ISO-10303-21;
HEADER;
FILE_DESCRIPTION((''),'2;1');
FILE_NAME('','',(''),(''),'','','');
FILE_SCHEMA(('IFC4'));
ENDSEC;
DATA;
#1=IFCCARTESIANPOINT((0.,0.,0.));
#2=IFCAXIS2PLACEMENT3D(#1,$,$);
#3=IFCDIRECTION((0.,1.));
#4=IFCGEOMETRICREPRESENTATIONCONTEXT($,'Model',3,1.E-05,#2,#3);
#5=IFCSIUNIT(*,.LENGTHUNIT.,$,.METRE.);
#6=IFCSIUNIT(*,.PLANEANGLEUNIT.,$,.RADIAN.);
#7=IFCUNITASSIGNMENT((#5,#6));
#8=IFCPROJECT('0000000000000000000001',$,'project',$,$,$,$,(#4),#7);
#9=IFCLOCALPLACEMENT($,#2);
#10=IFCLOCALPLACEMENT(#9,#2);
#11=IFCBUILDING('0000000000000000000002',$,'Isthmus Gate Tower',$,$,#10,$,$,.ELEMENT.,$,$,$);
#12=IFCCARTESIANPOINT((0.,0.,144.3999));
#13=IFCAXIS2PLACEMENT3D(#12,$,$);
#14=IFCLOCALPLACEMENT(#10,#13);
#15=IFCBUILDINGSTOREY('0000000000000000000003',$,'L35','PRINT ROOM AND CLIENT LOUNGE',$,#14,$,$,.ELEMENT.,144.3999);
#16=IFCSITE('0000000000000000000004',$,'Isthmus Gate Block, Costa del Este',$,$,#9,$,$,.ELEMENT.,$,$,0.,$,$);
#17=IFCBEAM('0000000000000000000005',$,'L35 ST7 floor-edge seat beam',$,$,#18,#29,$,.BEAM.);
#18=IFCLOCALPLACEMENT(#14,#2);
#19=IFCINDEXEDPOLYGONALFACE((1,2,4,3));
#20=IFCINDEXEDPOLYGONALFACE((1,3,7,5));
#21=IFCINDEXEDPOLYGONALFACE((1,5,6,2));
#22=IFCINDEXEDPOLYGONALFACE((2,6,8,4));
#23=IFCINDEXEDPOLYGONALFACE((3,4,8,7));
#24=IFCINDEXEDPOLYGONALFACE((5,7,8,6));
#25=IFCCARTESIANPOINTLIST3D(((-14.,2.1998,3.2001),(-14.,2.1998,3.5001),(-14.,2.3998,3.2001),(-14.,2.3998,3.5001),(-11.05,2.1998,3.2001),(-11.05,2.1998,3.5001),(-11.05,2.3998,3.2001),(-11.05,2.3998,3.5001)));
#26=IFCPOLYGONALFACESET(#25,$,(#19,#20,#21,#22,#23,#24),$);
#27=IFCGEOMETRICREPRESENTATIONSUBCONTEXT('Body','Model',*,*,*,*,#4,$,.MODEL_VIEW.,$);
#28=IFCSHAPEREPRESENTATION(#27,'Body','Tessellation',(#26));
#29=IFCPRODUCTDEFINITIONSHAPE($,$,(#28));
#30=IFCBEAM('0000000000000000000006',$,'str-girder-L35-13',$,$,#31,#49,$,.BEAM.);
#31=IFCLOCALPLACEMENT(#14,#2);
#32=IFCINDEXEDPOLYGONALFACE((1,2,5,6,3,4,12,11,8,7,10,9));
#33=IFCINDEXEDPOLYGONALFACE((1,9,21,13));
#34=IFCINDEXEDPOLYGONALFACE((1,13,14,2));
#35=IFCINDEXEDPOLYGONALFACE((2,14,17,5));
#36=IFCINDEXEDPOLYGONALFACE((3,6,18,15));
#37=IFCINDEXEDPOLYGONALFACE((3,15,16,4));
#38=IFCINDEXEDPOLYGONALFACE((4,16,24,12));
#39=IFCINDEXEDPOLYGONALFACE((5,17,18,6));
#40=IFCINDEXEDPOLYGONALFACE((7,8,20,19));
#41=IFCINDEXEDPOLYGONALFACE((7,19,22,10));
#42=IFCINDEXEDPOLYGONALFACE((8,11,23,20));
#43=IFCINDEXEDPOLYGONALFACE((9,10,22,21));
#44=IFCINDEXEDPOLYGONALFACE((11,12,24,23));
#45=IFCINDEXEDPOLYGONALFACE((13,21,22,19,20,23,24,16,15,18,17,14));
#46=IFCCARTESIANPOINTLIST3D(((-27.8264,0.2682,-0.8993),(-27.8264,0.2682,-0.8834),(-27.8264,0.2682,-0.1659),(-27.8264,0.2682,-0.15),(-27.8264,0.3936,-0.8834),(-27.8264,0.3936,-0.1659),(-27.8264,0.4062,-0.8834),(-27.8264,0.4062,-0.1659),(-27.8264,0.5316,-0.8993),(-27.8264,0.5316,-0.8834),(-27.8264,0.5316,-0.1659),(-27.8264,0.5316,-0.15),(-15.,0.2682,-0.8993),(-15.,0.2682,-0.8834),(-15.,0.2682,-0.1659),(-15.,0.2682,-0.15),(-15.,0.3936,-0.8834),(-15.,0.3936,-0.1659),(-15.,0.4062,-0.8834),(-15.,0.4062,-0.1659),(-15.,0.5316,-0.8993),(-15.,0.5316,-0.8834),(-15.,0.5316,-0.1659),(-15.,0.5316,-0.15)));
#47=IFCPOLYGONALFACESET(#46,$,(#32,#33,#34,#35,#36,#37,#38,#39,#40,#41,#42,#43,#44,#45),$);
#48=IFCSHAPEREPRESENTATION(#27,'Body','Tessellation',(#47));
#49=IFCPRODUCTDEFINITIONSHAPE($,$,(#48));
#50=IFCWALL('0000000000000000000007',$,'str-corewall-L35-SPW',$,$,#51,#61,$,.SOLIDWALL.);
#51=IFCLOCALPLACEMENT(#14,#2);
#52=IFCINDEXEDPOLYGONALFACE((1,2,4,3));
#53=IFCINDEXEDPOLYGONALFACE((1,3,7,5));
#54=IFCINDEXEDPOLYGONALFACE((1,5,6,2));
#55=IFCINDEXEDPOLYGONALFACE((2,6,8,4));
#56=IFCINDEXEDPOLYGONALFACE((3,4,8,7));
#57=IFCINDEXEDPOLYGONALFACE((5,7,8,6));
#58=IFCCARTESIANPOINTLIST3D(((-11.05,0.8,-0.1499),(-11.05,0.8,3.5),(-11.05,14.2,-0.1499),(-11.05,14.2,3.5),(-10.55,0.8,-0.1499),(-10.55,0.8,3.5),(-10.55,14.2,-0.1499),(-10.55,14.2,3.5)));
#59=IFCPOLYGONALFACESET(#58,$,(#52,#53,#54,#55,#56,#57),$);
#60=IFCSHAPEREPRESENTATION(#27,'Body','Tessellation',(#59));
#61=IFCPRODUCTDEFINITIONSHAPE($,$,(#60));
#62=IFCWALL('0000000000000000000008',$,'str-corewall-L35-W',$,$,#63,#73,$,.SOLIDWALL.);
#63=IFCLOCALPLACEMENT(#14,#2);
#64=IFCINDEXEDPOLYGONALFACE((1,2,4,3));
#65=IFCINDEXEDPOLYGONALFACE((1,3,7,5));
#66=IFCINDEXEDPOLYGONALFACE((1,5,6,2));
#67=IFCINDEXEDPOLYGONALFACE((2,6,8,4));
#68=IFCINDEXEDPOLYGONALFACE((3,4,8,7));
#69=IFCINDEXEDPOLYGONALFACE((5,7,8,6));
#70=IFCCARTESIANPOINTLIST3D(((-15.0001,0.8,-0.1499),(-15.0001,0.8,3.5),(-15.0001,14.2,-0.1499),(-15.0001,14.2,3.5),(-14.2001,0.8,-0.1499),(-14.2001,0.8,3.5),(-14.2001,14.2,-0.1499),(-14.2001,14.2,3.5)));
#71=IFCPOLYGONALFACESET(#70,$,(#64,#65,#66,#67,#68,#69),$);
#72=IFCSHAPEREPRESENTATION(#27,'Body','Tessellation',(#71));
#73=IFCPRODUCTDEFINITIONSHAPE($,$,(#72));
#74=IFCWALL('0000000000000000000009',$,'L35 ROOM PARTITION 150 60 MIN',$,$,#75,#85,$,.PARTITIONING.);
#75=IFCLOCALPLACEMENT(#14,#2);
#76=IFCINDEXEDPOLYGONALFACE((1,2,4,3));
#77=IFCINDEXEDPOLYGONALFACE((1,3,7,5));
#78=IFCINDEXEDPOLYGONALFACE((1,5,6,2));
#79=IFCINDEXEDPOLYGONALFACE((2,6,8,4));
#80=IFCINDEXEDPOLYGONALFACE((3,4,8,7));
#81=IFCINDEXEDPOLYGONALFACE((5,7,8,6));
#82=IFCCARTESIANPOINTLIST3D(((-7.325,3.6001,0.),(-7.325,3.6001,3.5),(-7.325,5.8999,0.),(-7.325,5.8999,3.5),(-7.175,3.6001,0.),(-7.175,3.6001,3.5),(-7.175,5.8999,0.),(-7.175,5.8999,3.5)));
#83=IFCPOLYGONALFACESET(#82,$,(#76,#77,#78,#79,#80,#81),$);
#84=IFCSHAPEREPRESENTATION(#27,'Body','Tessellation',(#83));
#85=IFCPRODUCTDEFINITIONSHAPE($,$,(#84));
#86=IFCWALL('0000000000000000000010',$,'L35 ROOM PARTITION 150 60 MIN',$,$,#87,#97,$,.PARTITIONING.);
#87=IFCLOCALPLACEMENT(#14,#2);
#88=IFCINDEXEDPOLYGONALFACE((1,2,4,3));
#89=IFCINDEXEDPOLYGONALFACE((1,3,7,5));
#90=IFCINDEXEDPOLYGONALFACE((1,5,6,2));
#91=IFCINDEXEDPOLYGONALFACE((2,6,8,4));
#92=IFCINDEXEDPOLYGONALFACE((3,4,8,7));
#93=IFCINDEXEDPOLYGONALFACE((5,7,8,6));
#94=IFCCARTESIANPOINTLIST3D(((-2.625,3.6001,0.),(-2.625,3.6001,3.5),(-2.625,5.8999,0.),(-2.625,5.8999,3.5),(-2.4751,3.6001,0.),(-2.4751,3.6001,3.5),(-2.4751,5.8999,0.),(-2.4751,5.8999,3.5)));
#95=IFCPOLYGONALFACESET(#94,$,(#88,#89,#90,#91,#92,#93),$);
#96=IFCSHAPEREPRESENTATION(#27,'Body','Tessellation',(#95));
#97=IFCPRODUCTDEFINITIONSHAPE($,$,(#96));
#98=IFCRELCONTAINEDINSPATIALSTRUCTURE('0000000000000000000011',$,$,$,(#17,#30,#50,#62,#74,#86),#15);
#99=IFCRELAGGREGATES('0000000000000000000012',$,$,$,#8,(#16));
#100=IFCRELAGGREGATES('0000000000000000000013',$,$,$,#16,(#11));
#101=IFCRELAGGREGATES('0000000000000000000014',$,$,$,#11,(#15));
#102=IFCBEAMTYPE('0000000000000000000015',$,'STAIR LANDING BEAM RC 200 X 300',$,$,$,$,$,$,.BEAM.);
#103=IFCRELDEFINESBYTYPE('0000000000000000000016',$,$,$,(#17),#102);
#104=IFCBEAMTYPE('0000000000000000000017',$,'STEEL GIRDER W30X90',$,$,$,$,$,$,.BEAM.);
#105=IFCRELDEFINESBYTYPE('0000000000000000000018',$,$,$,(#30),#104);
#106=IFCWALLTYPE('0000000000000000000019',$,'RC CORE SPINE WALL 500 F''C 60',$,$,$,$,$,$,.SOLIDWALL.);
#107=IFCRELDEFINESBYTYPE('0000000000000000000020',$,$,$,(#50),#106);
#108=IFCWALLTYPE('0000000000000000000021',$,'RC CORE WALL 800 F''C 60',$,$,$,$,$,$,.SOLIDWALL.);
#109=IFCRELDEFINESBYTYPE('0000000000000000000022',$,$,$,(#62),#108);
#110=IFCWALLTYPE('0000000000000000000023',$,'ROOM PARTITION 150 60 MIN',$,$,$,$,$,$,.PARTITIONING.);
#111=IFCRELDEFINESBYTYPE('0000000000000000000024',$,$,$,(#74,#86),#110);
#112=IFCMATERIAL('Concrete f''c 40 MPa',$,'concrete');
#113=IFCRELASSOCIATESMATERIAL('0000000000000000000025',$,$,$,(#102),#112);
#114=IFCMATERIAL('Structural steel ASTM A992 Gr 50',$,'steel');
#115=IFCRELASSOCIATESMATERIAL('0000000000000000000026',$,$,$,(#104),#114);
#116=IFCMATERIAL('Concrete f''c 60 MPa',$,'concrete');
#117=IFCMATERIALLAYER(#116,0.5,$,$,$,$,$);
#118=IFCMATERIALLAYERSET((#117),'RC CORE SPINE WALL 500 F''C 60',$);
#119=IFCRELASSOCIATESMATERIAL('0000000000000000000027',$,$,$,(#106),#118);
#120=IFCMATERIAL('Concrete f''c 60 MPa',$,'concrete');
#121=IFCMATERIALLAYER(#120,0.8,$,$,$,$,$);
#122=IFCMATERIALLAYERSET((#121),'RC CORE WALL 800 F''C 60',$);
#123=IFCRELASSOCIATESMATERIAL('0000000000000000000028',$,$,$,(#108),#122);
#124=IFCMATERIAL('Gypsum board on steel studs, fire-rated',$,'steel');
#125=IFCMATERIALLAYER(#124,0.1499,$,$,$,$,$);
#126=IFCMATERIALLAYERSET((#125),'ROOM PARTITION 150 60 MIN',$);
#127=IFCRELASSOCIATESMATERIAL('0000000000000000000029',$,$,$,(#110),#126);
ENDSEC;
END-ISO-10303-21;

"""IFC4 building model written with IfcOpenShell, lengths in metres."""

from ifc_helpers import new_model, si_unit, direction, frame, frame_2d, origin, origin_2d, place, context, subcontext, project, spatial, rectangle, i_section, extrude, material, layer, layer_set, material_profile, profile_set, type_object, element, save


model = new_model("IFC4")

# Units and contexts
model_context = context("Model", 3, precision=1e-05, world=origin(), true_north=direction((0.0, 1.0)))
body_context = subcontext(model_context, "Body", "Model", "MODEL_VIEW")
ifc_project = project(units=[si_unit("LENGTHUNIT", "METRE"), si_unit("PLANEANGLEUNIT", "RADIAN")], contexts=[model_context])

# Site, building, storey
site_placement = place(None, origin())
site = spatial("IfcSite", under=ifc_project, at=site_placement, Name="Isthmus Gate Block, Costa del Este", CompositionType="ELEMENT", RefElevation=0.0)
building_placement = place(site_placement, origin())
building = spatial("IfcBuilding", under=site, at=building_placement, Name="Isthmus Gate Tower", CompositionType="ELEMENT")
storey_placement = place(building_placement, frame((0.0, 0.0, 144.3999)))
storey = spatial("IfcBuildingStorey", under=building, at=storey_placement, Name="L35", Description="PRINT ROOM AND CLIENT LOUNGE", CompositionType="ELEMENT", Elevation=144.3999)

# Beams
ifc_material_1 = material(Name="Concrete f'c 40 MPa", Category="concrete")
ifc_material_profile_1 = material_profile(ifc_material_1, rectangle(XDim=0.2, YDim=0.3, at=origin_2d()), Name="STAIR LANDING BEAM RC 200 X 300")
ifc_profile_set_1 = profile_set([ifc_material_profile_1], Name="Concrete f'c 40 MPa")
beam_type_1 = type_object("IfcBeamType", Name="STAIR LANDING BEAM RC 200 X 300", PredefinedType="BEAM", material=ifc_profile_set_1)
beam_1_placement = place(storey_placement, frame((-14.0, 2.2998, 3.3501), z_axis=(1.0, 0.0, 0.0), x_axis=(0.0, 1.0, 0.0)))
element("IfcBeam", 1, at=beam_1_placement, inside=storey, type_object=beam_type_1, Name="L35 ST7 floor-edge seat beam", PredefinedType="BEAM", context=body_context, shape_type="SweptSolid", body=[
    extrude(rectangle(XDim=0.2, YDim=0.3, at=origin_2d()), origin(), (0.0, 0.0, 1.0), 2.95),
])
ifc_material_2 = material(Name="Structural steel ASTM A992 Gr 50", Category="steel")
ifc_material_profile_2 = material_profile(ifc_material_2, i_section(OverallWidth=0.2634, OverallDepth=0.7493, WebThickness=0.0127, FlangeThickness=0.0159, at=origin_2d()), Name="W30X90")
ifc_profile_set_2 = profile_set([ifc_material_profile_2], Name="Structural steel ASTM A992 Gr 50")
beam_type_2 = type_object("IfcBeamType", Name="STEEL GIRDER W30X90", PredefinedType="BEAM", material=ifc_profile_set_2)
beam_2_placement = place(storey_placement, frame((-15.0, 0.3999, -0.5247), z_axis=(-1.0, 0.0, 0.0), x_axis=(0.0, -1.0, 0.0)))
element("IfcBeam", 2, at=beam_2_placement, inside=storey, type_object=beam_type_2, Name="str-girder-L35-13", PredefinedType="BEAM", context=body_context, shape_type="SweptSolid", body=[
    extrude(i_section(OverallWidth=0.2634, OverallDepth=0.7493, WebThickness=0.0127, FlangeThickness=0.0159, at=origin_2d()), origin(), (0.0, 0.0, 1.0), 12.8264),
])

# Walls
ifc_material_3 = material(Name="Concrete f'c 60 MPa", Category="concrete")
ifc_layer_1 = layer(ifc_material_3, 0.5)
ifc_layer_set_1 = layer_set([ifc_layer_1], Name="RC CORE SPINE WALL 500 F'C 60")
wall_type_1 = type_object("IfcWallType", Name="RC CORE SPINE WALL 500 F'C 60", PredefinedType="SOLIDWALL", material=ifc_layer_set_1)
wall_1_placement = place(storey_placement, frame((-10.8, 0.8, -0.1499), z_axis=(0.0, 0.0, 1.0), x_axis=(0.0, 1.0, 0.0)))
element("IfcWall", 3, at=wall_1_placement, inside=storey, type_object=wall_type_1, Name="str-corewall-L35-SPW", PredefinedType="SOLIDWALL", context=body_context, shape_type="SweptSolid", body=[
    extrude(rectangle(XDim=13.3999, YDim=0.5, at=frame_2d((6.7, 0.0))), origin(), (0.0, 0.0, 1.0), 3.6499),
])
ifc_material_4 = material(Name="Concrete f'c 60 MPa", Category="concrete")
ifc_layer_2 = layer(ifc_material_4, 0.8)
ifc_layer_set_2 = layer_set([ifc_layer_2], Name="RC CORE WALL 800 F'C 60")
wall_type_2 = type_object("IfcWallType", Name="RC CORE WALL 800 F'C 60", PredefinedType="SOLIDWALL", material=ifc_layer_set_2)
wall_2_placement = place(storey_placement, frame((-14.6001, 0.8, -0.1499), z_axis=(0.0, 0.0, 1.0), x_axis=(0.0, 1.0, 0.0)))
element("IfcWall", 4, at=wall_2_placement, inside=storey, type_object=wall_type_2, Name="str-corewall-L35-W", PredefinedType="SOLIDWALL", context=body_context, shape_type="SweptSolid", body=[
    extrude(rectangle(XDim=13.3999, YDim=0.8, at=frame_2d((6.7, 0.0))), origin(), (0.0, 0.0, 1.0), 3.6499),
])
ifc_material_5 = material(Name="Gypsum board on steel studs, fire-rated", Category="steel")
ifc_layer_3 = layer(ifc_material_5, 0.1499)
ifc_layer_set_3 = layer_set([ifc_layer_3], Name="ROOM PARTITION 150 60 MIN")
wall_type_3 = type_object("IfcWallType", Name="ROOM PARTITION 150 60 MIN", PredefinedType="PARTITIONING", material=ifc_layer_set_3)
for number, where, z_axis, x_axis, name in (
    (5, (-7.25, 3.6001, 0.0), (0.0, 0.0, 1.0), (0.0, 1.0, 0.0), "L35 ROOM PARTITION 150 60 MIN"),
    (6, (-2.55, 3.6001, 0.0), (0.0, 0.0, 1.0), (0.0, 1.0, 0.0), "L35 ROOM PARTITION 150 60 MIN"),
):
    element("IfcWall", number, at=place(storey_placement, frame(where, z_axis=z_axis, x_axis=x_axis)), inside=storey, type_object=wall_type_3, Name=name, PredefinedType="PARTITIONING", context=body_context, shape_type="SweptSolid", body=[
        extrude(rectangle(XDim=2.2998, YDim=0.1499, at=frame_2d((1.1499, 0.0))), origin(), (0.0, 0.0, 1.0), 3.5),
    ])

save(model, "model.ifc")
